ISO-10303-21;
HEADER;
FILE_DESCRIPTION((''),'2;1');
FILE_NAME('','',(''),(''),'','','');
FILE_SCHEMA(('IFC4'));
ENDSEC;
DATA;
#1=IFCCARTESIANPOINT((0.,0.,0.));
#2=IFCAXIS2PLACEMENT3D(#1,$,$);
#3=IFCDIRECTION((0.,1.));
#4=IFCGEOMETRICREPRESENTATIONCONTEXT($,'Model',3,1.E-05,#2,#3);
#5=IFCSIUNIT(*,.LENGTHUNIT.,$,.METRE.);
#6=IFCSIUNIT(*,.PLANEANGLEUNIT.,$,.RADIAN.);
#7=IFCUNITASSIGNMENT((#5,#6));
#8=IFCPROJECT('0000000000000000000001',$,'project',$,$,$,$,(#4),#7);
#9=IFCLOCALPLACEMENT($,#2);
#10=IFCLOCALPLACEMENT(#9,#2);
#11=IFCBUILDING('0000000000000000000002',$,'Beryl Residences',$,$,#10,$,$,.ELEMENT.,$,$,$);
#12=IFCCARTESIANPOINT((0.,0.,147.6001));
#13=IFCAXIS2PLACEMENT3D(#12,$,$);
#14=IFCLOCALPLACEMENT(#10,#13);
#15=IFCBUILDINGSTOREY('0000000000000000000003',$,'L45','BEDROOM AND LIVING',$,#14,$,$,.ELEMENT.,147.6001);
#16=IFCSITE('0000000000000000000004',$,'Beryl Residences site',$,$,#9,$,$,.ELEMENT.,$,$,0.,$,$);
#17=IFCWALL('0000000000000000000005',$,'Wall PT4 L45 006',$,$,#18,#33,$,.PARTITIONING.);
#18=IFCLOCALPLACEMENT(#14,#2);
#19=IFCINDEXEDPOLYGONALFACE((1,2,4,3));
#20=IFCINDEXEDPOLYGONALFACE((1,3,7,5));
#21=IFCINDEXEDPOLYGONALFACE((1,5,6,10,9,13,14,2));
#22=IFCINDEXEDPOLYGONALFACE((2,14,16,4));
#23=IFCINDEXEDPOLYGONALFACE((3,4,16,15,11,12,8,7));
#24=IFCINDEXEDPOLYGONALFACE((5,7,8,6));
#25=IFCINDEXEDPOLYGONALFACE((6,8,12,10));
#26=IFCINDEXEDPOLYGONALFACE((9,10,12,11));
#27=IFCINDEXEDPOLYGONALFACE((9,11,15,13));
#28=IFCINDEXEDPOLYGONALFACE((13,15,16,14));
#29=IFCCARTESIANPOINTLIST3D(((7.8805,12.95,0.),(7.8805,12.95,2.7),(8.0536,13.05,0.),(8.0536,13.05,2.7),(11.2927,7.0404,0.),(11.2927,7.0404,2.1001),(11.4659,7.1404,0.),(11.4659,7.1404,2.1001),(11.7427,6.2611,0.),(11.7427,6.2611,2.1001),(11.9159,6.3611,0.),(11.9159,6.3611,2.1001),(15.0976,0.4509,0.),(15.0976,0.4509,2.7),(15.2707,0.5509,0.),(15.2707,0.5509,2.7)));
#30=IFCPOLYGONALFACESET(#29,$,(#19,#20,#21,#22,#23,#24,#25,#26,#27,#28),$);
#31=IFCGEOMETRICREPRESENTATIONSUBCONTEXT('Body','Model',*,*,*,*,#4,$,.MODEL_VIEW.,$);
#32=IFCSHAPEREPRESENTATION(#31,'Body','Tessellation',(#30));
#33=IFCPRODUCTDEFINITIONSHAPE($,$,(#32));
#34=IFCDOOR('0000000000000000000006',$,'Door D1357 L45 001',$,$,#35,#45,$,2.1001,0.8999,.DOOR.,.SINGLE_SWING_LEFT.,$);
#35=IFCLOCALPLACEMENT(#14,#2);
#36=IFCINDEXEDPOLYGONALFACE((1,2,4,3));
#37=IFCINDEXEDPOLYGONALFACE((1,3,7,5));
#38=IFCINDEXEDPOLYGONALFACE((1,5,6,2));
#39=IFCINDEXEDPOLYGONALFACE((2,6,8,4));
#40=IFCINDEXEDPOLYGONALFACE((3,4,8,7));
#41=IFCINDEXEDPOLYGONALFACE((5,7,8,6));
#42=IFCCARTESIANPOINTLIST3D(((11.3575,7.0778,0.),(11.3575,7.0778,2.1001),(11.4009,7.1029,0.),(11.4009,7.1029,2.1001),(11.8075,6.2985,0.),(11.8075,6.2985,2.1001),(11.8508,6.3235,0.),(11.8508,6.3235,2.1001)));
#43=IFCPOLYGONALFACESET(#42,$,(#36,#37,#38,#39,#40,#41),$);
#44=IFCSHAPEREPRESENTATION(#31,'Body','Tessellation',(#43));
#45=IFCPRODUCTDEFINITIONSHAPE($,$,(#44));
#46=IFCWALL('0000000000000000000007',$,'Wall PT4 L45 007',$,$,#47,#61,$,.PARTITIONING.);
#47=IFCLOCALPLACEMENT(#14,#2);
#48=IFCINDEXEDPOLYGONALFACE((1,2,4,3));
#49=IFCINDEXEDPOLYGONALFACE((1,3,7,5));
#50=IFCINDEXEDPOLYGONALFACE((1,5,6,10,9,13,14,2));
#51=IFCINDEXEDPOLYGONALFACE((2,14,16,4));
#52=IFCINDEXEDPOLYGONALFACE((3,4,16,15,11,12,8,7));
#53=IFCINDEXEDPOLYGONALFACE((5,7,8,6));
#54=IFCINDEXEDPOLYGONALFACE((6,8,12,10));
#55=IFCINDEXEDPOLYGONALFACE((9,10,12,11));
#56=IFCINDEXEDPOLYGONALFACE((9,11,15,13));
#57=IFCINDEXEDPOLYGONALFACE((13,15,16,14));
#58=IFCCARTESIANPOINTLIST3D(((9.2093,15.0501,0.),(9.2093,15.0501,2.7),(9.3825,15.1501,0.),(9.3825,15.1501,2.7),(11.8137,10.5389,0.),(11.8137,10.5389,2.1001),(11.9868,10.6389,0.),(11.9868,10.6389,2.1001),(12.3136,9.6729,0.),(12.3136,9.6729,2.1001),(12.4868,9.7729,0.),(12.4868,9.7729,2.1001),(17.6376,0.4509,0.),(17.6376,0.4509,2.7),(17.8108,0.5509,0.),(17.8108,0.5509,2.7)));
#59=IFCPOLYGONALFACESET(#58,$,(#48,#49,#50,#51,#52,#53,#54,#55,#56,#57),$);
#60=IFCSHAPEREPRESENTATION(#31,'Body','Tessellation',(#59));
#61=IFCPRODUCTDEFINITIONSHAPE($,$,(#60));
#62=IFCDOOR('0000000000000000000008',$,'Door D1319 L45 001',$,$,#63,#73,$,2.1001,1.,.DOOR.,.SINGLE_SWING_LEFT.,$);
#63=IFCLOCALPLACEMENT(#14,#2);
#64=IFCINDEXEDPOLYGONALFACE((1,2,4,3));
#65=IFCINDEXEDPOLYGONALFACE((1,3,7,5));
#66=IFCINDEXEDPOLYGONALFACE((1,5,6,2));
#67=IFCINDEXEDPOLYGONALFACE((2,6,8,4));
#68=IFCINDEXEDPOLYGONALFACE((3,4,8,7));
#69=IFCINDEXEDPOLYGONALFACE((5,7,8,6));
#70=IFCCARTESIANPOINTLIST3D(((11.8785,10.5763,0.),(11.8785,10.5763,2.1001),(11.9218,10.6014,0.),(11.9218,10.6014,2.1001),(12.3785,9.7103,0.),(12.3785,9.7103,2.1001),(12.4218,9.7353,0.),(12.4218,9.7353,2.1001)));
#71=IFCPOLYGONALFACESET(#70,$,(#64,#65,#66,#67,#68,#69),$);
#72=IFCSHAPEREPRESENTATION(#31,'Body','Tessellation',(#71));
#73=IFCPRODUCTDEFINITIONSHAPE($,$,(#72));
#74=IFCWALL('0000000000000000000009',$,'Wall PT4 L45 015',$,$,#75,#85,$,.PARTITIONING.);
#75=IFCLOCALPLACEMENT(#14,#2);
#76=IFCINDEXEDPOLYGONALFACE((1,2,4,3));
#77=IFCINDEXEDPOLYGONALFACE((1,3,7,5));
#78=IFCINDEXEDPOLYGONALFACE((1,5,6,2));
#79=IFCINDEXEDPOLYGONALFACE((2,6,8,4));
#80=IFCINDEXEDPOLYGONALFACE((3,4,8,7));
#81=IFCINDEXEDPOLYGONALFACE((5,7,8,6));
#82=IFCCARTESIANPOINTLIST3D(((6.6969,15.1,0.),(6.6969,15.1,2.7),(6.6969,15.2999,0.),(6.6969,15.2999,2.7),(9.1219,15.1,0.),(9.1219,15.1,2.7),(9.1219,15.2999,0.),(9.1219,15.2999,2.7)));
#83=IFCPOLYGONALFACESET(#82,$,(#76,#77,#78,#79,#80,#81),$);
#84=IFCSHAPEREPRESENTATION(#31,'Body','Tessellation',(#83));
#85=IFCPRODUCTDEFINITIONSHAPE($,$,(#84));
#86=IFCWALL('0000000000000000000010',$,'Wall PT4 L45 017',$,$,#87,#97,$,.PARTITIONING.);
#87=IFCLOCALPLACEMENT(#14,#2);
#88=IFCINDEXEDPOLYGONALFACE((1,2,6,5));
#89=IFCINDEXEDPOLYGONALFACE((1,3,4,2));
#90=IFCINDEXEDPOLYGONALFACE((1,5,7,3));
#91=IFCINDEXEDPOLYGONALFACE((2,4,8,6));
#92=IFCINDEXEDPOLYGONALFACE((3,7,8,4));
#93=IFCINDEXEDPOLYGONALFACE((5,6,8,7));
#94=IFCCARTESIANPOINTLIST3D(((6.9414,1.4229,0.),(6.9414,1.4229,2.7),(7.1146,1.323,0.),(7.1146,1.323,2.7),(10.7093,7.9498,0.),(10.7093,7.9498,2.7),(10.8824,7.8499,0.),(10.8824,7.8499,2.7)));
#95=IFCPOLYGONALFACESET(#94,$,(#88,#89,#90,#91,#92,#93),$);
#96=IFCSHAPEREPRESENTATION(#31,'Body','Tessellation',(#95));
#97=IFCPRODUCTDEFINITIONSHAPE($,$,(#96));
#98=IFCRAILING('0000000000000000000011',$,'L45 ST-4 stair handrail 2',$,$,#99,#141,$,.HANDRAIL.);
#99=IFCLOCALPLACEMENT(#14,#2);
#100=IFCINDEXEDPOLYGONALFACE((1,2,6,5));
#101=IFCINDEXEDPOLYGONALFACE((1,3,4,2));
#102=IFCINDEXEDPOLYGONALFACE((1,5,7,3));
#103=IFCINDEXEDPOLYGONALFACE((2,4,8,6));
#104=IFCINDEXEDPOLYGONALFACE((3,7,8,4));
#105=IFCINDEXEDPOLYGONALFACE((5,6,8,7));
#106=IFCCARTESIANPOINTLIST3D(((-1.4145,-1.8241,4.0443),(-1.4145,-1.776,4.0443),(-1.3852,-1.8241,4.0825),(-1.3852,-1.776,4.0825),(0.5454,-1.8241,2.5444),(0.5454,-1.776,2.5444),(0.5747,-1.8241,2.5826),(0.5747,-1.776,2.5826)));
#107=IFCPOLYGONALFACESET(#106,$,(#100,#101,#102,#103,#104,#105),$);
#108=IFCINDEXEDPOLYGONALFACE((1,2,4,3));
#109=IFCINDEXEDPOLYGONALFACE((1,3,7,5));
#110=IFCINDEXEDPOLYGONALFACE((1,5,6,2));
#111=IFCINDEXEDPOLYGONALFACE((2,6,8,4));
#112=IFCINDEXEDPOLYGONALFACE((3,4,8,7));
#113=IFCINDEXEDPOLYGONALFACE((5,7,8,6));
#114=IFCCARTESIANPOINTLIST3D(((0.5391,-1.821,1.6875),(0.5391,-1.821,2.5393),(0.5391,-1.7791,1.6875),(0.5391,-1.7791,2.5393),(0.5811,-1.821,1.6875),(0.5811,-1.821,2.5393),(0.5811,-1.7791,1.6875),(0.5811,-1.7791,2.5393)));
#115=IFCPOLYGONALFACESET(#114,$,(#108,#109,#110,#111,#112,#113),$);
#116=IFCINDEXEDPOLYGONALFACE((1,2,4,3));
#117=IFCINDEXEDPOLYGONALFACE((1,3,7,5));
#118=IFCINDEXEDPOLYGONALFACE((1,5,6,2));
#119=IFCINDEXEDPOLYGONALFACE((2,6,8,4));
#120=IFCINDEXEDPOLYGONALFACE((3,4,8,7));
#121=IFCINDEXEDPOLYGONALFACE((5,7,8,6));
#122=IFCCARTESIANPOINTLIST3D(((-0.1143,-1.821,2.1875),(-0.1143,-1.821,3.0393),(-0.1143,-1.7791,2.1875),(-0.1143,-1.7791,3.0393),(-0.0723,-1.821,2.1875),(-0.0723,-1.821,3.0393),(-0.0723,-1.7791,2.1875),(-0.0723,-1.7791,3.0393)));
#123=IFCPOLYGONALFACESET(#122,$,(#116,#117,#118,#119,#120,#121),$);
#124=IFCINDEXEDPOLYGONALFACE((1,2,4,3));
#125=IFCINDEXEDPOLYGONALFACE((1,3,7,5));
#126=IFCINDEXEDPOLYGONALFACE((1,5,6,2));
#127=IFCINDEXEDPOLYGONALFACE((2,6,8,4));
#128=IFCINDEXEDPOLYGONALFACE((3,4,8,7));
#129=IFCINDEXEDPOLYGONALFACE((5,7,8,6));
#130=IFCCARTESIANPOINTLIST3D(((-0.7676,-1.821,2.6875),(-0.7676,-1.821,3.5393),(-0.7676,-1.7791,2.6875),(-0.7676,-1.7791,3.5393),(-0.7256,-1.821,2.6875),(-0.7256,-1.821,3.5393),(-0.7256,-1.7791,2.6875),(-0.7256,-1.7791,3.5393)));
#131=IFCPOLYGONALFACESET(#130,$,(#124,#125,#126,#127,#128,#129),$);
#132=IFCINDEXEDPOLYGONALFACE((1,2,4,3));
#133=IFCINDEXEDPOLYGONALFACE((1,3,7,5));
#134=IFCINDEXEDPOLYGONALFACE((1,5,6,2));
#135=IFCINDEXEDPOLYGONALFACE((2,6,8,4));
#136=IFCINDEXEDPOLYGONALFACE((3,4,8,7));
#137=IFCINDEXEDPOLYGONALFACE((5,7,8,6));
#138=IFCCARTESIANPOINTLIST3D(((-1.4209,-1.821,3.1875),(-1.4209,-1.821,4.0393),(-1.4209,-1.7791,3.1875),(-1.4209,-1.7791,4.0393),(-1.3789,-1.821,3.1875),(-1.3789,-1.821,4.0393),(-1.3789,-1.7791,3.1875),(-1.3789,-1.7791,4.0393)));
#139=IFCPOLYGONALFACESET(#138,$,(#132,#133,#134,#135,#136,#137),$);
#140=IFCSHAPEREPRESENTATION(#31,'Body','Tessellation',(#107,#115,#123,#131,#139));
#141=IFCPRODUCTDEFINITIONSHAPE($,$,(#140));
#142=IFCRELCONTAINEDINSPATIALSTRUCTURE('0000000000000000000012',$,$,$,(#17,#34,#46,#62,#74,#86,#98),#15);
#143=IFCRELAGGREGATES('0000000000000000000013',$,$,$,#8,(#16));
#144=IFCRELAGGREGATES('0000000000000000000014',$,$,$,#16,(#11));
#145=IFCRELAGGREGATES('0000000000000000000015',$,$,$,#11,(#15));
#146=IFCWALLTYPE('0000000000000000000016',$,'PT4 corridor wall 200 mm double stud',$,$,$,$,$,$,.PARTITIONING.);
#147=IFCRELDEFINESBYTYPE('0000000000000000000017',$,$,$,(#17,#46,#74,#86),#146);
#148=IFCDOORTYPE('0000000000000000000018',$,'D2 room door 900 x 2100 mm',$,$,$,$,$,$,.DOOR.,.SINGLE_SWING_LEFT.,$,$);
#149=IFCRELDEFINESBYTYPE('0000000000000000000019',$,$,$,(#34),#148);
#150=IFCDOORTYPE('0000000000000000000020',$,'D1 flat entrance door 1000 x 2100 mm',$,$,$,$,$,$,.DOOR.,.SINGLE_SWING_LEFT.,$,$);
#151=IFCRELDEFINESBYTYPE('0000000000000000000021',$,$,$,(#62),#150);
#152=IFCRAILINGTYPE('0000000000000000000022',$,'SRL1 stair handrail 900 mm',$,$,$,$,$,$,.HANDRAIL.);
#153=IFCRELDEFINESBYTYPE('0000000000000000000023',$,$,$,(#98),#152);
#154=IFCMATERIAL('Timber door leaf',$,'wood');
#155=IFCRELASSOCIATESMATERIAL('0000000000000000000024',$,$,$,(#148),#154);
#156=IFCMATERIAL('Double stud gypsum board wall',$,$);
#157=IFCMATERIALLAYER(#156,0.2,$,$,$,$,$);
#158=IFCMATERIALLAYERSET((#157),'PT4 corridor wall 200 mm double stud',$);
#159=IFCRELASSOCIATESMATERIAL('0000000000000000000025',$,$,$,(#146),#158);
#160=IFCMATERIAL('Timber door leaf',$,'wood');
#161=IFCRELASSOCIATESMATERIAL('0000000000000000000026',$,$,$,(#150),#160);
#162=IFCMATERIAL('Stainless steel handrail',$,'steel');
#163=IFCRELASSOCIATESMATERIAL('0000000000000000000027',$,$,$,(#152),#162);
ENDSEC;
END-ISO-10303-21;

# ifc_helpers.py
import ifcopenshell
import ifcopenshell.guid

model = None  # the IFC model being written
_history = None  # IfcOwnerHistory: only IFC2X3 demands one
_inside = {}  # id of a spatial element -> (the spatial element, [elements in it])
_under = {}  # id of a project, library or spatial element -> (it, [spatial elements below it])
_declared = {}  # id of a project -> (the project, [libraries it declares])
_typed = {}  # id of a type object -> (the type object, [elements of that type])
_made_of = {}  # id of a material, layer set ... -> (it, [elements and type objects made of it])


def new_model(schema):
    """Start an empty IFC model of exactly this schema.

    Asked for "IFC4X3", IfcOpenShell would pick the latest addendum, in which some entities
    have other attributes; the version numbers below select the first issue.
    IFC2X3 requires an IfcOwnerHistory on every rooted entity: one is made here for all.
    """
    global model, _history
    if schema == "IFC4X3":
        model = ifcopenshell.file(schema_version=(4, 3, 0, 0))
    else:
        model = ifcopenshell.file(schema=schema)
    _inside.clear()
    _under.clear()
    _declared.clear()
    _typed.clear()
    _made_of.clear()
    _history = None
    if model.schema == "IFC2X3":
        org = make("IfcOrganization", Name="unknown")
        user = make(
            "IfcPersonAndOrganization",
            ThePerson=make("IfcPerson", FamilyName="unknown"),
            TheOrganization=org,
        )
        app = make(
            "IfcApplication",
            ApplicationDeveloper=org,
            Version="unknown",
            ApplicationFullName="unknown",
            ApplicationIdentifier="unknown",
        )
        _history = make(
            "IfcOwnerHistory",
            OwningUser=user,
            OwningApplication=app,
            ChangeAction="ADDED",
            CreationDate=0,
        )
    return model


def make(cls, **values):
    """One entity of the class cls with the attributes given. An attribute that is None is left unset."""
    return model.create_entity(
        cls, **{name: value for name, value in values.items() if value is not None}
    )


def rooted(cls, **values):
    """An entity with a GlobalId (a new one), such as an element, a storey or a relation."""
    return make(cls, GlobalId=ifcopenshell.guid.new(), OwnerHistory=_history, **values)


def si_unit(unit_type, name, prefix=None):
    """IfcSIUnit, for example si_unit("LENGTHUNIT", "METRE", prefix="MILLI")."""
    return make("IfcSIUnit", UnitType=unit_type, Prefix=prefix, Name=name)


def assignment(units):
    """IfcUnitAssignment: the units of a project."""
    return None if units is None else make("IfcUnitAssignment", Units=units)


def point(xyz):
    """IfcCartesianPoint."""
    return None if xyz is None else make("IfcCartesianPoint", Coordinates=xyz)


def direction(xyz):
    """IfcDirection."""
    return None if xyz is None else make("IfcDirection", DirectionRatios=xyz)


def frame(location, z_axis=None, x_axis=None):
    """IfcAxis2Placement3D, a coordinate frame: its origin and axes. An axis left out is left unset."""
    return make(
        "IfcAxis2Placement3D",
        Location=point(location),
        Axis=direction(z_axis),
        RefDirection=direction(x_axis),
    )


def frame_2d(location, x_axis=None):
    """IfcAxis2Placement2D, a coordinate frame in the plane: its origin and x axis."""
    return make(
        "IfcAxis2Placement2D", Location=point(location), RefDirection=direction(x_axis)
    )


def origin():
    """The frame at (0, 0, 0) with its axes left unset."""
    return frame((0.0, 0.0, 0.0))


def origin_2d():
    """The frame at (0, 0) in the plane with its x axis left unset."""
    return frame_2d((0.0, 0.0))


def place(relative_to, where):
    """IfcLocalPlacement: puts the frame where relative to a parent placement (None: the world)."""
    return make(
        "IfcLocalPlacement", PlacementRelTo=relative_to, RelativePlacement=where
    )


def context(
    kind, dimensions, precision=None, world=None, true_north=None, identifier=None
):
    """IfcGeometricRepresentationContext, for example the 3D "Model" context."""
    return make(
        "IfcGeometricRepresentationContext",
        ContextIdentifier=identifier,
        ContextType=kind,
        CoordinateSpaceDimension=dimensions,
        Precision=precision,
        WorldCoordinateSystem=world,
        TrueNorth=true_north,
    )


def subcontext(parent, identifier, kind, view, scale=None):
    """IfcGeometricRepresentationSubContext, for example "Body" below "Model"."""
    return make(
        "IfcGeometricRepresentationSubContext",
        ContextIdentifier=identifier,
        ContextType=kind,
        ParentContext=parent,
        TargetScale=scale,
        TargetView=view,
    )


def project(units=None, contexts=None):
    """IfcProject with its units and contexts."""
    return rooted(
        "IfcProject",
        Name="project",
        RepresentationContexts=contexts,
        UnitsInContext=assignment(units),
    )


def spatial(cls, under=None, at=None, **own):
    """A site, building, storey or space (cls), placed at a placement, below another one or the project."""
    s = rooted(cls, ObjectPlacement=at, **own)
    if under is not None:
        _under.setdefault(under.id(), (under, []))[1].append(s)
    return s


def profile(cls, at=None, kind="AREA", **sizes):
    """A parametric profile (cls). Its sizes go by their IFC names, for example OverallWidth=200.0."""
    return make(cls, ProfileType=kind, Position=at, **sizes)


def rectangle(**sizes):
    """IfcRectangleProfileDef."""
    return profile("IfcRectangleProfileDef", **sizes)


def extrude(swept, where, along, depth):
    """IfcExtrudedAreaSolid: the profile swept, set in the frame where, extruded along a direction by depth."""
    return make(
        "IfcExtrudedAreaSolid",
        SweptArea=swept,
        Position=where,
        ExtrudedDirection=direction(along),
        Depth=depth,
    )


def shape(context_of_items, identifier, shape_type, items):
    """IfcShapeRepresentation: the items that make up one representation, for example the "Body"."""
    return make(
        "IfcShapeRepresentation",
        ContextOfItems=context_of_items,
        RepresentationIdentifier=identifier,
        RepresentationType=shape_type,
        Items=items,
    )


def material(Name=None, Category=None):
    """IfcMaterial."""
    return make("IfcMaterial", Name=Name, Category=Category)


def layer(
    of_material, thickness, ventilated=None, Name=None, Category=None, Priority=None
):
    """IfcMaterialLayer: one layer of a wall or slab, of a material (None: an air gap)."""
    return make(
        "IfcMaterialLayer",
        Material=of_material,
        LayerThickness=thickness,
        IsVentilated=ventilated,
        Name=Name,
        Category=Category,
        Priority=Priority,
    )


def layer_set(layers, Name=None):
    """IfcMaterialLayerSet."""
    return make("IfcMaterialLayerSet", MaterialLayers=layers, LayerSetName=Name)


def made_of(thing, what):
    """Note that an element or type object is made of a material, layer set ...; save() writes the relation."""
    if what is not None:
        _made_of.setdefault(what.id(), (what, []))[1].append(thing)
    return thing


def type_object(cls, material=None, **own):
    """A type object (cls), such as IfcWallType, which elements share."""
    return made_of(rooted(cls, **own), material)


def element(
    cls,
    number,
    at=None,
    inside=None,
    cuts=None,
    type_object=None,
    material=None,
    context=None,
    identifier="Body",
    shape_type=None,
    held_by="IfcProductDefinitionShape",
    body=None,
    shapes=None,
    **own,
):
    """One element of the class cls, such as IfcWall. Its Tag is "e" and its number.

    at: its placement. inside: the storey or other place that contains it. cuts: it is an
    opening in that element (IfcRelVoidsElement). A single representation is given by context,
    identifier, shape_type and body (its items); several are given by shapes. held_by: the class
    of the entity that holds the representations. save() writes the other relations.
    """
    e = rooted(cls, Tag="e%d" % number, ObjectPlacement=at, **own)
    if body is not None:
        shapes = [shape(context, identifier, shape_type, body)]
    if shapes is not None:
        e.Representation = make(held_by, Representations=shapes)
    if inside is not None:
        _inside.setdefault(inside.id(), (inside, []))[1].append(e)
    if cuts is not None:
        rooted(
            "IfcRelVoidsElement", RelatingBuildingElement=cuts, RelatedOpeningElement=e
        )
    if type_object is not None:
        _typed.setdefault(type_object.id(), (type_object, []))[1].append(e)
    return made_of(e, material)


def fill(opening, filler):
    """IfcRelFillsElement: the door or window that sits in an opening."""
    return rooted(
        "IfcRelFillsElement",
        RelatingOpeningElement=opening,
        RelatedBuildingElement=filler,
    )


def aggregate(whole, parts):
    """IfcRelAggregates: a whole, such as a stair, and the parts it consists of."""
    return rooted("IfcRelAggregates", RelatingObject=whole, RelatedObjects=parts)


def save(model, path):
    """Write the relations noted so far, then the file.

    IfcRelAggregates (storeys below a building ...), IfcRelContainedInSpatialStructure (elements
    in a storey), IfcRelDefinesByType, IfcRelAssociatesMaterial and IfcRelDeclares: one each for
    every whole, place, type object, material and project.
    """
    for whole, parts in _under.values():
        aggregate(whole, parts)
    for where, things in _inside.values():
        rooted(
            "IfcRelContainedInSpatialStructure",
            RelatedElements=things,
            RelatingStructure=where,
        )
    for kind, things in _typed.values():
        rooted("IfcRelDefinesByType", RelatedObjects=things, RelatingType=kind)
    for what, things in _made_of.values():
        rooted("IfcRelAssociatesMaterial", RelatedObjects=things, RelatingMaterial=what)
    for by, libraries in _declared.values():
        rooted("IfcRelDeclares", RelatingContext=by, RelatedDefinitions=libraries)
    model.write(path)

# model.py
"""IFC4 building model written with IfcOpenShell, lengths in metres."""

from ifc_helpers import new_model, si_unit, direction, frame, frame_2d, origin, origin_2d, place, context, subcontext, project, spatial, rectangle, extrude, material, layer, layer_set, type_object, element, fill, save


model = new_model("IFC4")

# Units and contexts
model_context = context("Model", 3, precision=1e-05, world=origin(), true_north=direction((0.0, 1.0)))
body_context = subcontext(model_context, "Body", "Model", "MODEL_VIEW")
ifc_project = project(units=[si_unit("LENGTHUNIT", "METRE"), si_unit("PLANEANGLEUNIT", "RADIAN")], contexts=[model_context])

# Site, building, storey
site_placement = place(None, origin())
site = spatial("IfcSite", under=ifc_project, at=site_placement, Name="Beryl Residences site", CompositionType="ELEMENT", RefElevation=0.0)
building_placement = place(site_placement, origin())
building = spatial("IfcBuilding", under=site, at=building_placement, Name="Beryl Residences", CompositionType="ELEMENT")
storey_placement = place(building_placement, frame((0.0, 0.0, 147.6001)))
storey = spatial("IfcBuildingStorey", under=building, at=storey_placement, Name="L45", Description="BEDROOM AND LIVING", CompositionType="ELEMENT", Elevation=147.6001)

# Shared definitions
ifc_material_1 = material(Name="Timber door leaf", Category="wood")
door_type_1 = type_object("IfcDoorType", Name="D2 room door 900 x 2100 mm", OperationType="SINGLE_SWING_LEFT", PredefinedType="DOOR", material=ifc_material_1)

# Walls, openings, doors
ifc_material_2 = material(Name="Double stud gypsum board wall")
ifc_layer_1 = layer(ifc_material_2, 0.2)
ifc_layer_set_1 = layer_set([ifc_layer_1], Name="PT4 corridor wall 200 mm double stud")
wall_type_1 = type_object("IfcWallType", Name="PT4 corridor wall 200 mm double stud", PredefinedType="PARTITIONING", material=ifc_layer_set_1)
wall_1_placement = place(storey_placement, frame((7.967, 13.0, 0.0), z_axis=(0.0, 0.0, 1.0), x_axis=(0.500038, -0.866004, 0.0)))
wall_1 = element("IfcWall", 1, at=wall_1_placement, inside=storey, type_object=wall_type_1, Name="Wall PT4 L45 006", PredefinedType="PARTITIONING", context=body_context, shape_type="SweptSolid", body=[
    extrude(rectangle(XDim=14.4331, YDim=0.2, at=frame_2d((7.2166, 0.0))), origin(), (0.0, 0.0, 1.0), 2.7),
])
opening_1_placement = place(wall_1_placement, frame((6.824, 0.0, 0.0)))
opening_1 = element("IfcOpeningElement", 2, at=opening_1_placement, cuts=wall_1, PredefinedType="OPENING", context=body_context, shape_type="SweptSolid", body=[
    extrude(rectangle(XDim=0.8999, YDim=2.1001, at=frame_2d((0.45, 1.05))), frame((0.0, 0.1099, 0.0), z_axis=(0.0, -1.0, 0.0), x_axis=(1.0, 0.0, 0.0)), (0.0, 0.0, 1.0), 0.22),
])
door_1_placement = place(opening_1_placement, origin())
door_1 = element("IfcDoor", 3, at=door_1_placement, inside=storey, type_object=door_type_1, Name="Door D1357 L45 001", OperationType="SINGLE_SWING_LEFT", OverallHeight=2.1001, OverallWidth=0.8999, PredefinedType="DOOR", context=body_context, shape_type="SweptSolid", body=[
    extrude(rectangle(XDim=0.8999, YDim=2.1001, at=frame_2d((0.45, 1.05))), frame((0.0, 0.0249, 0.0), z_axis=(0.0, -1.0, 0.0), x_axis=(1.0, 0.0, 0.0)), (0.0, 0.0, 1.0), 0.05),
])
fill(opening_1, door_1)
wall_2_placement = place(storey_placement, frame((9.2959, 15.1001, 0.0), z_axis=(0.0, 0.0, 1.0), x_axis=(0.499974, -0.86604, 0.0)))
wall_2 = element("IfcWall", 4, at=wall_2_placement, inside=storey, type_object=wall_type_1, Name="Wall PT4 L45 007", PredefinedType="PARTITIONING", context=body_context, shape_type="SweptSolid", body=[
    extrude(rectangle(XDim=16.8574, YDim=0.2, at=frame_2d((8.4287, 0.0))), origin(), (0.0, 0.0, 1.0), 2.7),
])
opening_2_placement = place(wall_2_placement, frame((5.209, 0.0, 0.0)))
opening_2 = element("IfcOpeningElement", 5, at=opening_2_placement, cuts=wall_2, PredefinedType="OPENING", context=body_context, shape_type="SweptSolid", body=[
    extrude(rectangle(XDim=1.0, YDim=2.1001, at=frame_2d((0.5, 1.05))), frame((0.0, 0.1099, 0.0), z_axis=(0.0, -1.0, 0.0), x_axis=(1.0, 0.0, 0.0)), (0.0, 0.0, 1.0), 0.22),
])
ifc_material_3 = material(Name="Timber door leaf", Category="wood")
door_type_2 = type_object("IfcDoorType", Name="D1 flat entrance door 1000 x 2100 mm", OperationType="SINGLE_SWING_LEFT", PredefinedType="DOOR", material=ifc_material_3)
door_2_placement = place(opening_2_placement, origin())
door_2 = element("IfcDoor", 6, at=door_2_placement, inside=storey, type_object=door_type_2, Name="Door D1319 L45 001", OperationType="SINGLE_SWING_LEFT", OverallHeight=2.1001, OverallWidth=1.0, PredefinedType="DOOR", context=body_context, shape_type="SweptSolid", body=[
    extrude(rectangle(XDim=1.0, YDim=2.1001, at=frame_2d((0.5, 1.05))), frame((0.0, 0.0249, 0.0), z_axis=(0.0, -1.0, 0.0), x_axis=(1.0, 0.0, 0.0)), (0.0, 0.0, 1.0), 0.05),
])
fill(opening_2, door_2)

# Walls
wall_3_placement = place(storey_placement, frame((6.697, 15.2, 0.0), z_axis=(0.0, 0.0, 1.0), x_axis=(1.0, 0.0, 0.0)))
element("IfcWall", 7, at=wall_3_placement, inside=storey, type_object=wall_type_1, Name="Wall PT4 L45 015", PredefinedType="PARTITIONING", context=body_context, shape_type="SweptSolid", body=[
    extrude(rectangle(XDim=2.425, YDim=0.2, at=frame_2d((1.2124, 0.0))), origin(), (0.0, 0.0, 1.0), 2.7),
])
wall_4_placement = place(storey_placement, frame((7.0281, 1.373, 0.0), z_axis=(0.0, 0.0, 1.0), x_axis=(0.499954, 0.866052, 0.0)))
element("IfcWall", 8, at=wall_4_placement, inside=storey, type_object=wall_type_1, Name="Wall PT4 L45 017", PredefinedType="PARTITIONING", context=body_context, shape_type="SweptSolid", body=[
    extrude(rectangle(XDim=7.5364, YDim=0.2, at=frame_2d((3.7681, 0.0))), origin(), (0.0, 0.0, 1.0), 2.7),
])

# Railing
ifc_material_4 = material(Name="Stainless steel handrail", Category="steel")
railing_type_1 = type_object("IfcRailingType", Name="SRL1 stair handrail 900 mm", PredefinedType="HANDRAIL", material=ifc_material_4)
railing_1_placement = place(storey_placement, frame((0.5601, -1.8, 1.6875)))
element("IfcRailing", 9, at=railing_1_placement, inside=storey, type_object=railing_type_1, Name="L45 ST-4 stair handrail 2", PredefinedType="HANDRAIL", context=body_context, shape_type="SweptSolid", body=[
    extrude(rectangle(XDim=0.0481, YDim=0.0481, at=origin_2d()), frame((0.0, 0.0, 0.876), z_axis=(-0.794122, 0.0, 0.607758), x_axis=(0.0, -1.0, 0.0)), (0.0, 0.0, 1.0), 2.468),
    extrude(rectangle(XDim=0.042, YDim=0.042, at=origin_2d()), origin(), (0.0, 0.0, 1.0), 0.8518),
    extrude(rectangle(XDim=0.042, YDim=0.042, at=origin_2d()), frame((-0.6533, 0.0, 0.5)), (0.0, 0.0, 1.0), 0.8518),
    extrude(rectangle(XDim=0.042, YDim=0.042, at=origin_2d()), frame((-1.3066, 0.0, 1.0)), (0.0, 0.0, 1.0), 0.8518),
    extrude(rectangle(XDim=0.042, YDim=0.042, at=origin_2d()), frame((-1.96, 0.0, 1.5)), (0.0, 0.0, 1.0), 0.8518),
])

save(model, "model.ifc")
